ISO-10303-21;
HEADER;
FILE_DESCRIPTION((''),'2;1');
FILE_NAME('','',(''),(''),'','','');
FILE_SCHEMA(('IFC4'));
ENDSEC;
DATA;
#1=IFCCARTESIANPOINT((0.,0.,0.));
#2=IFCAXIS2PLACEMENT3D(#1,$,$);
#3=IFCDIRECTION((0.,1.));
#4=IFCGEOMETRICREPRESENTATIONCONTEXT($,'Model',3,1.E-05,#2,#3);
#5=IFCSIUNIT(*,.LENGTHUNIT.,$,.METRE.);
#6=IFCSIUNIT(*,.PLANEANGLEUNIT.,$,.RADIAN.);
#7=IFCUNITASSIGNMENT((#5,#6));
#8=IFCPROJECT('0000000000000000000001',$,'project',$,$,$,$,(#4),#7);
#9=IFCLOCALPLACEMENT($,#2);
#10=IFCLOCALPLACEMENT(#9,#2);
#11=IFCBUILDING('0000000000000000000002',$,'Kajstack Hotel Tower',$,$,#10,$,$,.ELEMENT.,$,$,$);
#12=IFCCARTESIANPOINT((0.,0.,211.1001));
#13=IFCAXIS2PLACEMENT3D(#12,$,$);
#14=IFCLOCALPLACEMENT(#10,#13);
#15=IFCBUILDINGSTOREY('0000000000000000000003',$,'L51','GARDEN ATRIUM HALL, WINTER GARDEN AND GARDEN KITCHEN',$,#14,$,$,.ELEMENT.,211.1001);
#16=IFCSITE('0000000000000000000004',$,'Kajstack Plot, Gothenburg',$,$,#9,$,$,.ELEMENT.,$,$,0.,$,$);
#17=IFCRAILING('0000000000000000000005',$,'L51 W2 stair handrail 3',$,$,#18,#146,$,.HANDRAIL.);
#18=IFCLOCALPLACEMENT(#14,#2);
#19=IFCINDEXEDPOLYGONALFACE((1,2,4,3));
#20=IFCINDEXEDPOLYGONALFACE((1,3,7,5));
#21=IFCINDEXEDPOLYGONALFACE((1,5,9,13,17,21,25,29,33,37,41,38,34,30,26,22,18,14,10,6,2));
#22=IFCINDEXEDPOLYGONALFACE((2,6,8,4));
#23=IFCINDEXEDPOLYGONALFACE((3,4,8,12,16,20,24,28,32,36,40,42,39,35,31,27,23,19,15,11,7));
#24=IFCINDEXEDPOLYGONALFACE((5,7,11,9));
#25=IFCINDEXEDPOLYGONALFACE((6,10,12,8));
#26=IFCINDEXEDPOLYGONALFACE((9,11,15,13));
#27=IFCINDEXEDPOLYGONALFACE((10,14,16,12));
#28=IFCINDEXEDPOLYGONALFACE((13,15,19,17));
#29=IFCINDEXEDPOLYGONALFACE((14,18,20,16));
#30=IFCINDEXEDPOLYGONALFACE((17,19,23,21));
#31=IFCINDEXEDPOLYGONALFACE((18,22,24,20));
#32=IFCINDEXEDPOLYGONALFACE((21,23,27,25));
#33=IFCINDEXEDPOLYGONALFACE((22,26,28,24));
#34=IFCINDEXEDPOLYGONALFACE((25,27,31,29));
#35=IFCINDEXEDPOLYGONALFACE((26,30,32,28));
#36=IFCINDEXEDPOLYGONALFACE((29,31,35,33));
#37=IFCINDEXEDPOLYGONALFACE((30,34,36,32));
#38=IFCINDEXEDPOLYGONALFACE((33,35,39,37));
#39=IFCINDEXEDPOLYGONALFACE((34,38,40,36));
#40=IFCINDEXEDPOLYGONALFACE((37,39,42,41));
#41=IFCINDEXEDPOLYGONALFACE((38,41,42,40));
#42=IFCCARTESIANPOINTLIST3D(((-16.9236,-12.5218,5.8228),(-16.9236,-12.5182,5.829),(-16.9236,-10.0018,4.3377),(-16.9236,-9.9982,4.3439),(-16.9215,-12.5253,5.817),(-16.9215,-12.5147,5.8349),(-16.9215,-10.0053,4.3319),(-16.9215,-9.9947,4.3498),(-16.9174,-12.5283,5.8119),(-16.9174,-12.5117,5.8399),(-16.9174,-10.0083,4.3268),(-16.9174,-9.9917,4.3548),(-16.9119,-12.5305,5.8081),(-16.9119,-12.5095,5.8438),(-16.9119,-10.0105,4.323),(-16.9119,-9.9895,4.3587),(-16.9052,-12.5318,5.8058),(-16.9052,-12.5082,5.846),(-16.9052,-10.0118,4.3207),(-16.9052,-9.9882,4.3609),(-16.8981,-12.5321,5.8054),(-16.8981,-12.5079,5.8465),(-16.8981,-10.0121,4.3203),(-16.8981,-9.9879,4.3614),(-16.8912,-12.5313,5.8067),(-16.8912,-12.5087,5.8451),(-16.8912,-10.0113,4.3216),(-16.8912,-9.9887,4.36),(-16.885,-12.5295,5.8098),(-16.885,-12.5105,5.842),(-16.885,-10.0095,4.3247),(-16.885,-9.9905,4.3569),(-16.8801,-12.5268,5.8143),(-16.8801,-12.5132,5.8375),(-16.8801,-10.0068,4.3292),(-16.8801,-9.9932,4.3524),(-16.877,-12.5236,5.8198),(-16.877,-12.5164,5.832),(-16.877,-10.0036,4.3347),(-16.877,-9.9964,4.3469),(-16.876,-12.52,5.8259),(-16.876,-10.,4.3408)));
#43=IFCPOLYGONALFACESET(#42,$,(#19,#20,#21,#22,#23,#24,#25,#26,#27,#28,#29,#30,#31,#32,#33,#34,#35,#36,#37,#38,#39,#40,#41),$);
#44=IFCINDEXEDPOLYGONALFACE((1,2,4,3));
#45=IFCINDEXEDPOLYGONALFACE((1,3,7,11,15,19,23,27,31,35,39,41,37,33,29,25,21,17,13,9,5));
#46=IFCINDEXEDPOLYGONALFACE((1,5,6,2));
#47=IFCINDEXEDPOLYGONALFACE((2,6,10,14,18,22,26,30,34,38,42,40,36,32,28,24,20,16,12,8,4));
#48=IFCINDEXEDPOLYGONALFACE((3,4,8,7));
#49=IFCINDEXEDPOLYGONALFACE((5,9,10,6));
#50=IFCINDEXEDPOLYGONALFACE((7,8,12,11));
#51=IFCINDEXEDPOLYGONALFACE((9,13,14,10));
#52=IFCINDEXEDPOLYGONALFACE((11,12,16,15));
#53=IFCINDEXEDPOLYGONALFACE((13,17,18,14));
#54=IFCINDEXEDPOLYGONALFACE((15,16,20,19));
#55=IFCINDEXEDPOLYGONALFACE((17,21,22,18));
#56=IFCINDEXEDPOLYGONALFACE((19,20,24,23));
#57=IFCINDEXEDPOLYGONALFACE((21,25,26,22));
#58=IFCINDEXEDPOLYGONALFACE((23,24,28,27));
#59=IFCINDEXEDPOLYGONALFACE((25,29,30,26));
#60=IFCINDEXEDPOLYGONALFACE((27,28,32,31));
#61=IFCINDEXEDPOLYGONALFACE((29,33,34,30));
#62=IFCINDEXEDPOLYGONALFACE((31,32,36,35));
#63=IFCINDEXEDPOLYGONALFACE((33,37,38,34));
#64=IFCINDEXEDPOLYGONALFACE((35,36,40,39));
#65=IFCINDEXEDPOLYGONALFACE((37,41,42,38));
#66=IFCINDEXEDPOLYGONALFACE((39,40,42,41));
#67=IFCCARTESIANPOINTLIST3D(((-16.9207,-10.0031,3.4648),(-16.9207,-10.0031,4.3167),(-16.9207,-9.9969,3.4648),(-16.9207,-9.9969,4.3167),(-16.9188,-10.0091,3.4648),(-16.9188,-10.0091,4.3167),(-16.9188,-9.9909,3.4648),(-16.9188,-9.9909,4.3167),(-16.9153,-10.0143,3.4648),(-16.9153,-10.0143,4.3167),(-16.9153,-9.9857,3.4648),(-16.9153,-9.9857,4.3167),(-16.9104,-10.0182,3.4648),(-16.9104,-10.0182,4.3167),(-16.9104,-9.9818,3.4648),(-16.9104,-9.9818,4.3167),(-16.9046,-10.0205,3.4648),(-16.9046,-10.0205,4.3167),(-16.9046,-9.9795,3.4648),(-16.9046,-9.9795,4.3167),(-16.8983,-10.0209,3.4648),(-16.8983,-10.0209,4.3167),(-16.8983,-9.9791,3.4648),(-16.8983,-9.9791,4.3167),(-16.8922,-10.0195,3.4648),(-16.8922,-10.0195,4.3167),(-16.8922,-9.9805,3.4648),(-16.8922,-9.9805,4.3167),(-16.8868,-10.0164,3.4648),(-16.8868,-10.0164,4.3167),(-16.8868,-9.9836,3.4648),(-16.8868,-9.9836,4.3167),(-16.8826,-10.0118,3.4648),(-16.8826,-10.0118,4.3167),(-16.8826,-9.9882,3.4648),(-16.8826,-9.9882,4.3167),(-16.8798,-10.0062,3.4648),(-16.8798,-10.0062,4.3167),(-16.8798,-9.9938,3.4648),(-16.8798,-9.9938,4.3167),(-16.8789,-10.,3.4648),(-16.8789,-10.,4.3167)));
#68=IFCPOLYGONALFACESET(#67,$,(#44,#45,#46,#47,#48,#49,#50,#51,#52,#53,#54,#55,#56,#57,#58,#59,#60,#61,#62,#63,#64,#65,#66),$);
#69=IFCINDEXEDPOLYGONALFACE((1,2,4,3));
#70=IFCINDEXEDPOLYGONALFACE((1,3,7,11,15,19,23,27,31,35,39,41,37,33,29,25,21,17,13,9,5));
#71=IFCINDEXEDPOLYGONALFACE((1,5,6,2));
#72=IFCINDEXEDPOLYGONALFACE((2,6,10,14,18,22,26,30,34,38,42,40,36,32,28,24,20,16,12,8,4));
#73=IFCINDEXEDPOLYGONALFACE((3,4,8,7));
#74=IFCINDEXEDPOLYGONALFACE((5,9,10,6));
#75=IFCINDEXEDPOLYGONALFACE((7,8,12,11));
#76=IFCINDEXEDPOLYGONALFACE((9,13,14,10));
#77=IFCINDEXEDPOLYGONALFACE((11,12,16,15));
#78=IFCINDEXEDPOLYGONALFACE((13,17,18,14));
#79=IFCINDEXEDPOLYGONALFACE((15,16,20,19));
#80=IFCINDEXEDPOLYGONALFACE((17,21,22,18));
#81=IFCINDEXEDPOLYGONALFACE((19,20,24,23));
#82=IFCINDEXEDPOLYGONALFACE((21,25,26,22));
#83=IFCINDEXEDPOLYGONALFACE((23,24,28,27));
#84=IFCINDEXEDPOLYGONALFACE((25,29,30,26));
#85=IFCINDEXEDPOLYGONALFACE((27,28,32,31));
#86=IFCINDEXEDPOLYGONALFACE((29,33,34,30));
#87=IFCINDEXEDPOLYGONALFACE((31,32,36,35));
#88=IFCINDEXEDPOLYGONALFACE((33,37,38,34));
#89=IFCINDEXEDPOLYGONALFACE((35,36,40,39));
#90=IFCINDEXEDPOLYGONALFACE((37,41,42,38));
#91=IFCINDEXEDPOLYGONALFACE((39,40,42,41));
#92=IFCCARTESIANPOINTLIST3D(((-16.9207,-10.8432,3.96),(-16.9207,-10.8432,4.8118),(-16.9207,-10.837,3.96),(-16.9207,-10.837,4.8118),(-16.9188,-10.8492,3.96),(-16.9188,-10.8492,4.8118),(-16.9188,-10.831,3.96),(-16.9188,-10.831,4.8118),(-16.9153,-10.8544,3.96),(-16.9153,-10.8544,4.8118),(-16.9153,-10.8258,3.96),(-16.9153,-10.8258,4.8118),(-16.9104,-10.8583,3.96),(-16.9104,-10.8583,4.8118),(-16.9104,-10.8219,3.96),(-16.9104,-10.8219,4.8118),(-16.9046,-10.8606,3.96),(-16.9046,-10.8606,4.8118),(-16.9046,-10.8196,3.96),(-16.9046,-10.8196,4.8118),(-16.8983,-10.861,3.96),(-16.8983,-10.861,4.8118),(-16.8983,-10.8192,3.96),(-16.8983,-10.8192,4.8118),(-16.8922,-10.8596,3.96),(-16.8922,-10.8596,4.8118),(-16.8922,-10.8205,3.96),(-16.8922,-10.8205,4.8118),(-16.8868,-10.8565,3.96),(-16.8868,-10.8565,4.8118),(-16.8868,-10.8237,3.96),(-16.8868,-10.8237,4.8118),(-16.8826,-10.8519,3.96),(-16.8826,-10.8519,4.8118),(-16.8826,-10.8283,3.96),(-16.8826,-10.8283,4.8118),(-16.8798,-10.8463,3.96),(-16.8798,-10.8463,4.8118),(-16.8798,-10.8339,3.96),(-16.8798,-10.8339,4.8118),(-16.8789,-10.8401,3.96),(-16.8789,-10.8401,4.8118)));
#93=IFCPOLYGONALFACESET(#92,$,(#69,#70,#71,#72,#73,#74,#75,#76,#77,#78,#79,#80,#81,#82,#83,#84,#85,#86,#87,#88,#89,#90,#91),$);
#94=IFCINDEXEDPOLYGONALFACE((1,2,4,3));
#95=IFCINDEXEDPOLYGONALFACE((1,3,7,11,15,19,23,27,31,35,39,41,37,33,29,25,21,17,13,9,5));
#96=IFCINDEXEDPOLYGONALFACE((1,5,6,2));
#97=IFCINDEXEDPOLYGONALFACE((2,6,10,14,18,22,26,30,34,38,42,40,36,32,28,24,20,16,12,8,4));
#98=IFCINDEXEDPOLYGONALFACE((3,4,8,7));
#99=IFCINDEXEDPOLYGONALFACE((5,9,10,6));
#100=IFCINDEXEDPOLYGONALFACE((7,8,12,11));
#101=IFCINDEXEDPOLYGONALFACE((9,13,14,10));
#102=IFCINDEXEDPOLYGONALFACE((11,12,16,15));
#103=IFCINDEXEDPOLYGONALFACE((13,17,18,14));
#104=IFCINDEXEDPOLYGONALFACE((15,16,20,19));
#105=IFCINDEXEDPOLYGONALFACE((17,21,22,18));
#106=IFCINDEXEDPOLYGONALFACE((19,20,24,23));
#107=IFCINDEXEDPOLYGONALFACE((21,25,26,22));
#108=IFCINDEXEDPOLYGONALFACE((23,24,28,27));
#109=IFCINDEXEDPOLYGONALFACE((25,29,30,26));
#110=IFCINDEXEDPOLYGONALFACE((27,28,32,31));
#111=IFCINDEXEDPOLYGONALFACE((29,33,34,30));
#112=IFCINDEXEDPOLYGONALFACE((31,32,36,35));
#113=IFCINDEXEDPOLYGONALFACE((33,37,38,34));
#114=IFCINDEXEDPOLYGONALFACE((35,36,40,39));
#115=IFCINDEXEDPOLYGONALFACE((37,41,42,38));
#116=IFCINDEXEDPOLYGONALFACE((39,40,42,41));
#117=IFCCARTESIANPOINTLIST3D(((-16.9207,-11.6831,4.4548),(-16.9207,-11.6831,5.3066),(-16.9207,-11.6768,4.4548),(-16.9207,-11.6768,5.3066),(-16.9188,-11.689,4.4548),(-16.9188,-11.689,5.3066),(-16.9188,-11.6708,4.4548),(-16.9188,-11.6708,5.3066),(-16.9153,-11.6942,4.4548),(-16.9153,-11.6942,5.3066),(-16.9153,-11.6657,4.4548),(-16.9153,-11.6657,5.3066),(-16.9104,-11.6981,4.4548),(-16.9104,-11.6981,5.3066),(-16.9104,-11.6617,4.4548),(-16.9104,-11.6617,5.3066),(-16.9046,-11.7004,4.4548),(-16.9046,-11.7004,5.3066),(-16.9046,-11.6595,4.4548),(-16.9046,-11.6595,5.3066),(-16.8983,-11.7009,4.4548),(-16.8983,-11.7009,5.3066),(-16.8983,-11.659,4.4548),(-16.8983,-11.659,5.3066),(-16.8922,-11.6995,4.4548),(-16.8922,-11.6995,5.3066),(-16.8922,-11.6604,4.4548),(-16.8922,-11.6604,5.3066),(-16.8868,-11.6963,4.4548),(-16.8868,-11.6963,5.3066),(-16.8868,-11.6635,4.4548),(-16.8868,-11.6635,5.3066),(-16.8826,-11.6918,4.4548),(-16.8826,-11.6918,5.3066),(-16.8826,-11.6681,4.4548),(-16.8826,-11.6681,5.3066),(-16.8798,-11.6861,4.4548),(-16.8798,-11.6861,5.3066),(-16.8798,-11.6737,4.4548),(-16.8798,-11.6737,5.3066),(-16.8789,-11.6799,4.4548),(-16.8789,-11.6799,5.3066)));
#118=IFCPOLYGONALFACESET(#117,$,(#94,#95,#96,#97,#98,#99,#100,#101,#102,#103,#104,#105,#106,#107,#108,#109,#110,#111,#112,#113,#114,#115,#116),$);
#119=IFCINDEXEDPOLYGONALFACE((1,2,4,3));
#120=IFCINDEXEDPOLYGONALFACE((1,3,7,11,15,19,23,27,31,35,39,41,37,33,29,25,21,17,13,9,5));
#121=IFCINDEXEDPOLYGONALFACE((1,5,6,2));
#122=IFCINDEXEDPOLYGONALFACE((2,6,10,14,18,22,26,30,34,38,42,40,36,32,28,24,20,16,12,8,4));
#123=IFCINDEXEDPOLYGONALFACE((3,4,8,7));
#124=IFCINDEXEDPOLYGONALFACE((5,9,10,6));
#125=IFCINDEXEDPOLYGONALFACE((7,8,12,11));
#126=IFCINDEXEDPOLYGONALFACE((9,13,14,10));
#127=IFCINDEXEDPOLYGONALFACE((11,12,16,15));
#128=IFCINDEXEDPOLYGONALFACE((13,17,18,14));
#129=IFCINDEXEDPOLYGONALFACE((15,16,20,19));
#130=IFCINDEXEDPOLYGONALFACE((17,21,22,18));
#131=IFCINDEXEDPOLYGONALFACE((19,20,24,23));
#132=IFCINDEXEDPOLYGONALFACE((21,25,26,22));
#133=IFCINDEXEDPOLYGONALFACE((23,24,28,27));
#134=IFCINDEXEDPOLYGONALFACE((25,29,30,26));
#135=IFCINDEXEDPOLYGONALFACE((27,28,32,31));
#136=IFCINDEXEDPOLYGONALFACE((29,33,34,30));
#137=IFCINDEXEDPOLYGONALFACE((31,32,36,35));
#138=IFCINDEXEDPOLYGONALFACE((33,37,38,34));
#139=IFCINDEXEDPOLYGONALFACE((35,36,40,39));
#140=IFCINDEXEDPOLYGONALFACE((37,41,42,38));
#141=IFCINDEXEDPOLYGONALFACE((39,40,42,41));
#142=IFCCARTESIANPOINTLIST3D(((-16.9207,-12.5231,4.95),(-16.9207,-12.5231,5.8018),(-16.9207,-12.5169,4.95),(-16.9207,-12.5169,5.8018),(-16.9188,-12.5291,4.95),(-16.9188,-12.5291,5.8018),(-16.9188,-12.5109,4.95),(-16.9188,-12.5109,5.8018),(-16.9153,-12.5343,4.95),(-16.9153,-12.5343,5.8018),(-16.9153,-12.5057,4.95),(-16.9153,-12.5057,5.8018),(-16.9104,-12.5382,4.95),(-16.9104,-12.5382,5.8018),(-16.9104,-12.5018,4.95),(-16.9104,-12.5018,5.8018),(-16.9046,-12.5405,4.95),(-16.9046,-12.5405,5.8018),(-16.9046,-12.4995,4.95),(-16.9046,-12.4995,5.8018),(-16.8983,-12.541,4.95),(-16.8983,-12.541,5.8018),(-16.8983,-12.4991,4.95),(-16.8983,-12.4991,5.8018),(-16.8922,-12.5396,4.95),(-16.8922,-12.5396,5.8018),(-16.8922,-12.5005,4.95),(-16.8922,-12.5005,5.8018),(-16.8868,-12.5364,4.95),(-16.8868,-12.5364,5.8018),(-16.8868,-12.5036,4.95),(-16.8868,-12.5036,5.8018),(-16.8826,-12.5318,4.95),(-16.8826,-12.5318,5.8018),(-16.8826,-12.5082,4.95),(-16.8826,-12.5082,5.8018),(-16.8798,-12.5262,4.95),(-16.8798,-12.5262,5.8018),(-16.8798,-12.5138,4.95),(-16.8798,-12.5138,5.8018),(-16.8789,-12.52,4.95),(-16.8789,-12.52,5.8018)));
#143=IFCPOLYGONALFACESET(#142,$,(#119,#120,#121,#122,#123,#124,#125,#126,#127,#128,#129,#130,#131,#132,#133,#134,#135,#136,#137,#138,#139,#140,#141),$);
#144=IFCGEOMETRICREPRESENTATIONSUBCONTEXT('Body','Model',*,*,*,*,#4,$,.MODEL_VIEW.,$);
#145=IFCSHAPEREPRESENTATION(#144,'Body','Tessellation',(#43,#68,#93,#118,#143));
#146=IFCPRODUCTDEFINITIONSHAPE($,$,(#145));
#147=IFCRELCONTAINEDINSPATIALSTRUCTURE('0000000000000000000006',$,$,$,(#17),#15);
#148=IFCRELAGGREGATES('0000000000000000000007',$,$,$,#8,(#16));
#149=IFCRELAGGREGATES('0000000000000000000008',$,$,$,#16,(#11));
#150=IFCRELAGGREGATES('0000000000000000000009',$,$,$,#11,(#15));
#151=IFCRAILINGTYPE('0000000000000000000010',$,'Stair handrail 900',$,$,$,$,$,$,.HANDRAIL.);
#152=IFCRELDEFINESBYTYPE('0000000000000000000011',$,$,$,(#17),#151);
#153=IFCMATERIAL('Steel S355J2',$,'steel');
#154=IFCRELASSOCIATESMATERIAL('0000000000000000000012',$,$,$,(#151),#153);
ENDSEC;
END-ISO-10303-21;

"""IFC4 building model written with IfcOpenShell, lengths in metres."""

from ifc_helpers import new_model, si_unit, direction, frame, origin, origin_2d, place, context, subcontext, project, spatial, circle, extrude, material, type_object, element, save


model = new_model("IFC4")

# Units and contexts
model_context = context("Model", 3, precision=1e-05, world=origin(), true_north=direction((0.0, 1.0)))
body_context = subcontext(model_context, "Body", "Model", "MODEL_VIEW")
ifc_project = project(units=[si_unit("LENGTHUNIT", "METRE"), si_unit("PLANEANGLEUNIT", "RADIAN")], contexts=[model_context])

# Site, building, storey
site_placement = place(None, origin())
site = spatial("IfcSite", under=ifc_project, at=site_placement, Name="Kajstack Plot, Gothenburg", CompositionType="ELEMENT", RefElevation=0.0)
building_placement = place(site_placement, origin())
building = spatial("IfcBuilding", under=site, at=building_placement, Name="Kajstack Hotel Tower", CompositionType="ELEMENT")
storey_placement = place(building_placement, frame((0.0, 0.0, 211.1001)))
storey = spatial("IfcBuildingStorey", under=building, at=storey_placement, Name="L51", Description="GARDEN ATRIUM HALL, WINTER GARDEN AND GARDEN KITCHEN", CompositionType="ELEMENT", Elevation=211.1001)

# Railing
ifc_material_1 = material(Name="Steel S355J2", Category="steel")
railing_type_1 = type_object("IfcRailingType", Name="Stair handrail 900", PredefinedType="HANDRAIL", material=ifc_material_1)
railing_1_placement = place(storey_placement, frame((-16.8999, -10.0, 3.4648)))
element("IfcRailing", 1, at=railing_1_placement, inside=storey, type_object=railing_type_1, Name="L51 W2 stair handrail 3", PredefinedType="HANDRAIL", context=body_context, shape_type="SweptSolid", body=[
    extrude(circle(Radius=0.0239, at=origin_2d()), frame((0.0, 0.0, 0.876), z_axis=(0.0, -0.861524, 0.507717), x_axis=(1.0, 0.0, 0.0)), (0.0, 0.0, 1.0), 2.925),
    extrude(circle(Radius=0.021, at=origin_2d()), origin(), (0.0, 0.0, 1.0), 0.8518),
    extrude(circle(Radius=0.021, at=origin_2d()), frame((0.0, -0.8401, 0.4951)), (0.0, 0.0, 1.0), 0.8518),
    extrude(circle(Radius=0.021, at=origin_2d()), frame((0.0, -1.6799, 0.99)), (0.0, 0.0, 1.0), 0.8518),
    extrude(circle(Radius=0.021, at=origin_2d()), frame((0.0, -2.52, 1.4851)), (0.0, 0.0, 1.0), 0.8518),
])

save(model, "model.ifc")
